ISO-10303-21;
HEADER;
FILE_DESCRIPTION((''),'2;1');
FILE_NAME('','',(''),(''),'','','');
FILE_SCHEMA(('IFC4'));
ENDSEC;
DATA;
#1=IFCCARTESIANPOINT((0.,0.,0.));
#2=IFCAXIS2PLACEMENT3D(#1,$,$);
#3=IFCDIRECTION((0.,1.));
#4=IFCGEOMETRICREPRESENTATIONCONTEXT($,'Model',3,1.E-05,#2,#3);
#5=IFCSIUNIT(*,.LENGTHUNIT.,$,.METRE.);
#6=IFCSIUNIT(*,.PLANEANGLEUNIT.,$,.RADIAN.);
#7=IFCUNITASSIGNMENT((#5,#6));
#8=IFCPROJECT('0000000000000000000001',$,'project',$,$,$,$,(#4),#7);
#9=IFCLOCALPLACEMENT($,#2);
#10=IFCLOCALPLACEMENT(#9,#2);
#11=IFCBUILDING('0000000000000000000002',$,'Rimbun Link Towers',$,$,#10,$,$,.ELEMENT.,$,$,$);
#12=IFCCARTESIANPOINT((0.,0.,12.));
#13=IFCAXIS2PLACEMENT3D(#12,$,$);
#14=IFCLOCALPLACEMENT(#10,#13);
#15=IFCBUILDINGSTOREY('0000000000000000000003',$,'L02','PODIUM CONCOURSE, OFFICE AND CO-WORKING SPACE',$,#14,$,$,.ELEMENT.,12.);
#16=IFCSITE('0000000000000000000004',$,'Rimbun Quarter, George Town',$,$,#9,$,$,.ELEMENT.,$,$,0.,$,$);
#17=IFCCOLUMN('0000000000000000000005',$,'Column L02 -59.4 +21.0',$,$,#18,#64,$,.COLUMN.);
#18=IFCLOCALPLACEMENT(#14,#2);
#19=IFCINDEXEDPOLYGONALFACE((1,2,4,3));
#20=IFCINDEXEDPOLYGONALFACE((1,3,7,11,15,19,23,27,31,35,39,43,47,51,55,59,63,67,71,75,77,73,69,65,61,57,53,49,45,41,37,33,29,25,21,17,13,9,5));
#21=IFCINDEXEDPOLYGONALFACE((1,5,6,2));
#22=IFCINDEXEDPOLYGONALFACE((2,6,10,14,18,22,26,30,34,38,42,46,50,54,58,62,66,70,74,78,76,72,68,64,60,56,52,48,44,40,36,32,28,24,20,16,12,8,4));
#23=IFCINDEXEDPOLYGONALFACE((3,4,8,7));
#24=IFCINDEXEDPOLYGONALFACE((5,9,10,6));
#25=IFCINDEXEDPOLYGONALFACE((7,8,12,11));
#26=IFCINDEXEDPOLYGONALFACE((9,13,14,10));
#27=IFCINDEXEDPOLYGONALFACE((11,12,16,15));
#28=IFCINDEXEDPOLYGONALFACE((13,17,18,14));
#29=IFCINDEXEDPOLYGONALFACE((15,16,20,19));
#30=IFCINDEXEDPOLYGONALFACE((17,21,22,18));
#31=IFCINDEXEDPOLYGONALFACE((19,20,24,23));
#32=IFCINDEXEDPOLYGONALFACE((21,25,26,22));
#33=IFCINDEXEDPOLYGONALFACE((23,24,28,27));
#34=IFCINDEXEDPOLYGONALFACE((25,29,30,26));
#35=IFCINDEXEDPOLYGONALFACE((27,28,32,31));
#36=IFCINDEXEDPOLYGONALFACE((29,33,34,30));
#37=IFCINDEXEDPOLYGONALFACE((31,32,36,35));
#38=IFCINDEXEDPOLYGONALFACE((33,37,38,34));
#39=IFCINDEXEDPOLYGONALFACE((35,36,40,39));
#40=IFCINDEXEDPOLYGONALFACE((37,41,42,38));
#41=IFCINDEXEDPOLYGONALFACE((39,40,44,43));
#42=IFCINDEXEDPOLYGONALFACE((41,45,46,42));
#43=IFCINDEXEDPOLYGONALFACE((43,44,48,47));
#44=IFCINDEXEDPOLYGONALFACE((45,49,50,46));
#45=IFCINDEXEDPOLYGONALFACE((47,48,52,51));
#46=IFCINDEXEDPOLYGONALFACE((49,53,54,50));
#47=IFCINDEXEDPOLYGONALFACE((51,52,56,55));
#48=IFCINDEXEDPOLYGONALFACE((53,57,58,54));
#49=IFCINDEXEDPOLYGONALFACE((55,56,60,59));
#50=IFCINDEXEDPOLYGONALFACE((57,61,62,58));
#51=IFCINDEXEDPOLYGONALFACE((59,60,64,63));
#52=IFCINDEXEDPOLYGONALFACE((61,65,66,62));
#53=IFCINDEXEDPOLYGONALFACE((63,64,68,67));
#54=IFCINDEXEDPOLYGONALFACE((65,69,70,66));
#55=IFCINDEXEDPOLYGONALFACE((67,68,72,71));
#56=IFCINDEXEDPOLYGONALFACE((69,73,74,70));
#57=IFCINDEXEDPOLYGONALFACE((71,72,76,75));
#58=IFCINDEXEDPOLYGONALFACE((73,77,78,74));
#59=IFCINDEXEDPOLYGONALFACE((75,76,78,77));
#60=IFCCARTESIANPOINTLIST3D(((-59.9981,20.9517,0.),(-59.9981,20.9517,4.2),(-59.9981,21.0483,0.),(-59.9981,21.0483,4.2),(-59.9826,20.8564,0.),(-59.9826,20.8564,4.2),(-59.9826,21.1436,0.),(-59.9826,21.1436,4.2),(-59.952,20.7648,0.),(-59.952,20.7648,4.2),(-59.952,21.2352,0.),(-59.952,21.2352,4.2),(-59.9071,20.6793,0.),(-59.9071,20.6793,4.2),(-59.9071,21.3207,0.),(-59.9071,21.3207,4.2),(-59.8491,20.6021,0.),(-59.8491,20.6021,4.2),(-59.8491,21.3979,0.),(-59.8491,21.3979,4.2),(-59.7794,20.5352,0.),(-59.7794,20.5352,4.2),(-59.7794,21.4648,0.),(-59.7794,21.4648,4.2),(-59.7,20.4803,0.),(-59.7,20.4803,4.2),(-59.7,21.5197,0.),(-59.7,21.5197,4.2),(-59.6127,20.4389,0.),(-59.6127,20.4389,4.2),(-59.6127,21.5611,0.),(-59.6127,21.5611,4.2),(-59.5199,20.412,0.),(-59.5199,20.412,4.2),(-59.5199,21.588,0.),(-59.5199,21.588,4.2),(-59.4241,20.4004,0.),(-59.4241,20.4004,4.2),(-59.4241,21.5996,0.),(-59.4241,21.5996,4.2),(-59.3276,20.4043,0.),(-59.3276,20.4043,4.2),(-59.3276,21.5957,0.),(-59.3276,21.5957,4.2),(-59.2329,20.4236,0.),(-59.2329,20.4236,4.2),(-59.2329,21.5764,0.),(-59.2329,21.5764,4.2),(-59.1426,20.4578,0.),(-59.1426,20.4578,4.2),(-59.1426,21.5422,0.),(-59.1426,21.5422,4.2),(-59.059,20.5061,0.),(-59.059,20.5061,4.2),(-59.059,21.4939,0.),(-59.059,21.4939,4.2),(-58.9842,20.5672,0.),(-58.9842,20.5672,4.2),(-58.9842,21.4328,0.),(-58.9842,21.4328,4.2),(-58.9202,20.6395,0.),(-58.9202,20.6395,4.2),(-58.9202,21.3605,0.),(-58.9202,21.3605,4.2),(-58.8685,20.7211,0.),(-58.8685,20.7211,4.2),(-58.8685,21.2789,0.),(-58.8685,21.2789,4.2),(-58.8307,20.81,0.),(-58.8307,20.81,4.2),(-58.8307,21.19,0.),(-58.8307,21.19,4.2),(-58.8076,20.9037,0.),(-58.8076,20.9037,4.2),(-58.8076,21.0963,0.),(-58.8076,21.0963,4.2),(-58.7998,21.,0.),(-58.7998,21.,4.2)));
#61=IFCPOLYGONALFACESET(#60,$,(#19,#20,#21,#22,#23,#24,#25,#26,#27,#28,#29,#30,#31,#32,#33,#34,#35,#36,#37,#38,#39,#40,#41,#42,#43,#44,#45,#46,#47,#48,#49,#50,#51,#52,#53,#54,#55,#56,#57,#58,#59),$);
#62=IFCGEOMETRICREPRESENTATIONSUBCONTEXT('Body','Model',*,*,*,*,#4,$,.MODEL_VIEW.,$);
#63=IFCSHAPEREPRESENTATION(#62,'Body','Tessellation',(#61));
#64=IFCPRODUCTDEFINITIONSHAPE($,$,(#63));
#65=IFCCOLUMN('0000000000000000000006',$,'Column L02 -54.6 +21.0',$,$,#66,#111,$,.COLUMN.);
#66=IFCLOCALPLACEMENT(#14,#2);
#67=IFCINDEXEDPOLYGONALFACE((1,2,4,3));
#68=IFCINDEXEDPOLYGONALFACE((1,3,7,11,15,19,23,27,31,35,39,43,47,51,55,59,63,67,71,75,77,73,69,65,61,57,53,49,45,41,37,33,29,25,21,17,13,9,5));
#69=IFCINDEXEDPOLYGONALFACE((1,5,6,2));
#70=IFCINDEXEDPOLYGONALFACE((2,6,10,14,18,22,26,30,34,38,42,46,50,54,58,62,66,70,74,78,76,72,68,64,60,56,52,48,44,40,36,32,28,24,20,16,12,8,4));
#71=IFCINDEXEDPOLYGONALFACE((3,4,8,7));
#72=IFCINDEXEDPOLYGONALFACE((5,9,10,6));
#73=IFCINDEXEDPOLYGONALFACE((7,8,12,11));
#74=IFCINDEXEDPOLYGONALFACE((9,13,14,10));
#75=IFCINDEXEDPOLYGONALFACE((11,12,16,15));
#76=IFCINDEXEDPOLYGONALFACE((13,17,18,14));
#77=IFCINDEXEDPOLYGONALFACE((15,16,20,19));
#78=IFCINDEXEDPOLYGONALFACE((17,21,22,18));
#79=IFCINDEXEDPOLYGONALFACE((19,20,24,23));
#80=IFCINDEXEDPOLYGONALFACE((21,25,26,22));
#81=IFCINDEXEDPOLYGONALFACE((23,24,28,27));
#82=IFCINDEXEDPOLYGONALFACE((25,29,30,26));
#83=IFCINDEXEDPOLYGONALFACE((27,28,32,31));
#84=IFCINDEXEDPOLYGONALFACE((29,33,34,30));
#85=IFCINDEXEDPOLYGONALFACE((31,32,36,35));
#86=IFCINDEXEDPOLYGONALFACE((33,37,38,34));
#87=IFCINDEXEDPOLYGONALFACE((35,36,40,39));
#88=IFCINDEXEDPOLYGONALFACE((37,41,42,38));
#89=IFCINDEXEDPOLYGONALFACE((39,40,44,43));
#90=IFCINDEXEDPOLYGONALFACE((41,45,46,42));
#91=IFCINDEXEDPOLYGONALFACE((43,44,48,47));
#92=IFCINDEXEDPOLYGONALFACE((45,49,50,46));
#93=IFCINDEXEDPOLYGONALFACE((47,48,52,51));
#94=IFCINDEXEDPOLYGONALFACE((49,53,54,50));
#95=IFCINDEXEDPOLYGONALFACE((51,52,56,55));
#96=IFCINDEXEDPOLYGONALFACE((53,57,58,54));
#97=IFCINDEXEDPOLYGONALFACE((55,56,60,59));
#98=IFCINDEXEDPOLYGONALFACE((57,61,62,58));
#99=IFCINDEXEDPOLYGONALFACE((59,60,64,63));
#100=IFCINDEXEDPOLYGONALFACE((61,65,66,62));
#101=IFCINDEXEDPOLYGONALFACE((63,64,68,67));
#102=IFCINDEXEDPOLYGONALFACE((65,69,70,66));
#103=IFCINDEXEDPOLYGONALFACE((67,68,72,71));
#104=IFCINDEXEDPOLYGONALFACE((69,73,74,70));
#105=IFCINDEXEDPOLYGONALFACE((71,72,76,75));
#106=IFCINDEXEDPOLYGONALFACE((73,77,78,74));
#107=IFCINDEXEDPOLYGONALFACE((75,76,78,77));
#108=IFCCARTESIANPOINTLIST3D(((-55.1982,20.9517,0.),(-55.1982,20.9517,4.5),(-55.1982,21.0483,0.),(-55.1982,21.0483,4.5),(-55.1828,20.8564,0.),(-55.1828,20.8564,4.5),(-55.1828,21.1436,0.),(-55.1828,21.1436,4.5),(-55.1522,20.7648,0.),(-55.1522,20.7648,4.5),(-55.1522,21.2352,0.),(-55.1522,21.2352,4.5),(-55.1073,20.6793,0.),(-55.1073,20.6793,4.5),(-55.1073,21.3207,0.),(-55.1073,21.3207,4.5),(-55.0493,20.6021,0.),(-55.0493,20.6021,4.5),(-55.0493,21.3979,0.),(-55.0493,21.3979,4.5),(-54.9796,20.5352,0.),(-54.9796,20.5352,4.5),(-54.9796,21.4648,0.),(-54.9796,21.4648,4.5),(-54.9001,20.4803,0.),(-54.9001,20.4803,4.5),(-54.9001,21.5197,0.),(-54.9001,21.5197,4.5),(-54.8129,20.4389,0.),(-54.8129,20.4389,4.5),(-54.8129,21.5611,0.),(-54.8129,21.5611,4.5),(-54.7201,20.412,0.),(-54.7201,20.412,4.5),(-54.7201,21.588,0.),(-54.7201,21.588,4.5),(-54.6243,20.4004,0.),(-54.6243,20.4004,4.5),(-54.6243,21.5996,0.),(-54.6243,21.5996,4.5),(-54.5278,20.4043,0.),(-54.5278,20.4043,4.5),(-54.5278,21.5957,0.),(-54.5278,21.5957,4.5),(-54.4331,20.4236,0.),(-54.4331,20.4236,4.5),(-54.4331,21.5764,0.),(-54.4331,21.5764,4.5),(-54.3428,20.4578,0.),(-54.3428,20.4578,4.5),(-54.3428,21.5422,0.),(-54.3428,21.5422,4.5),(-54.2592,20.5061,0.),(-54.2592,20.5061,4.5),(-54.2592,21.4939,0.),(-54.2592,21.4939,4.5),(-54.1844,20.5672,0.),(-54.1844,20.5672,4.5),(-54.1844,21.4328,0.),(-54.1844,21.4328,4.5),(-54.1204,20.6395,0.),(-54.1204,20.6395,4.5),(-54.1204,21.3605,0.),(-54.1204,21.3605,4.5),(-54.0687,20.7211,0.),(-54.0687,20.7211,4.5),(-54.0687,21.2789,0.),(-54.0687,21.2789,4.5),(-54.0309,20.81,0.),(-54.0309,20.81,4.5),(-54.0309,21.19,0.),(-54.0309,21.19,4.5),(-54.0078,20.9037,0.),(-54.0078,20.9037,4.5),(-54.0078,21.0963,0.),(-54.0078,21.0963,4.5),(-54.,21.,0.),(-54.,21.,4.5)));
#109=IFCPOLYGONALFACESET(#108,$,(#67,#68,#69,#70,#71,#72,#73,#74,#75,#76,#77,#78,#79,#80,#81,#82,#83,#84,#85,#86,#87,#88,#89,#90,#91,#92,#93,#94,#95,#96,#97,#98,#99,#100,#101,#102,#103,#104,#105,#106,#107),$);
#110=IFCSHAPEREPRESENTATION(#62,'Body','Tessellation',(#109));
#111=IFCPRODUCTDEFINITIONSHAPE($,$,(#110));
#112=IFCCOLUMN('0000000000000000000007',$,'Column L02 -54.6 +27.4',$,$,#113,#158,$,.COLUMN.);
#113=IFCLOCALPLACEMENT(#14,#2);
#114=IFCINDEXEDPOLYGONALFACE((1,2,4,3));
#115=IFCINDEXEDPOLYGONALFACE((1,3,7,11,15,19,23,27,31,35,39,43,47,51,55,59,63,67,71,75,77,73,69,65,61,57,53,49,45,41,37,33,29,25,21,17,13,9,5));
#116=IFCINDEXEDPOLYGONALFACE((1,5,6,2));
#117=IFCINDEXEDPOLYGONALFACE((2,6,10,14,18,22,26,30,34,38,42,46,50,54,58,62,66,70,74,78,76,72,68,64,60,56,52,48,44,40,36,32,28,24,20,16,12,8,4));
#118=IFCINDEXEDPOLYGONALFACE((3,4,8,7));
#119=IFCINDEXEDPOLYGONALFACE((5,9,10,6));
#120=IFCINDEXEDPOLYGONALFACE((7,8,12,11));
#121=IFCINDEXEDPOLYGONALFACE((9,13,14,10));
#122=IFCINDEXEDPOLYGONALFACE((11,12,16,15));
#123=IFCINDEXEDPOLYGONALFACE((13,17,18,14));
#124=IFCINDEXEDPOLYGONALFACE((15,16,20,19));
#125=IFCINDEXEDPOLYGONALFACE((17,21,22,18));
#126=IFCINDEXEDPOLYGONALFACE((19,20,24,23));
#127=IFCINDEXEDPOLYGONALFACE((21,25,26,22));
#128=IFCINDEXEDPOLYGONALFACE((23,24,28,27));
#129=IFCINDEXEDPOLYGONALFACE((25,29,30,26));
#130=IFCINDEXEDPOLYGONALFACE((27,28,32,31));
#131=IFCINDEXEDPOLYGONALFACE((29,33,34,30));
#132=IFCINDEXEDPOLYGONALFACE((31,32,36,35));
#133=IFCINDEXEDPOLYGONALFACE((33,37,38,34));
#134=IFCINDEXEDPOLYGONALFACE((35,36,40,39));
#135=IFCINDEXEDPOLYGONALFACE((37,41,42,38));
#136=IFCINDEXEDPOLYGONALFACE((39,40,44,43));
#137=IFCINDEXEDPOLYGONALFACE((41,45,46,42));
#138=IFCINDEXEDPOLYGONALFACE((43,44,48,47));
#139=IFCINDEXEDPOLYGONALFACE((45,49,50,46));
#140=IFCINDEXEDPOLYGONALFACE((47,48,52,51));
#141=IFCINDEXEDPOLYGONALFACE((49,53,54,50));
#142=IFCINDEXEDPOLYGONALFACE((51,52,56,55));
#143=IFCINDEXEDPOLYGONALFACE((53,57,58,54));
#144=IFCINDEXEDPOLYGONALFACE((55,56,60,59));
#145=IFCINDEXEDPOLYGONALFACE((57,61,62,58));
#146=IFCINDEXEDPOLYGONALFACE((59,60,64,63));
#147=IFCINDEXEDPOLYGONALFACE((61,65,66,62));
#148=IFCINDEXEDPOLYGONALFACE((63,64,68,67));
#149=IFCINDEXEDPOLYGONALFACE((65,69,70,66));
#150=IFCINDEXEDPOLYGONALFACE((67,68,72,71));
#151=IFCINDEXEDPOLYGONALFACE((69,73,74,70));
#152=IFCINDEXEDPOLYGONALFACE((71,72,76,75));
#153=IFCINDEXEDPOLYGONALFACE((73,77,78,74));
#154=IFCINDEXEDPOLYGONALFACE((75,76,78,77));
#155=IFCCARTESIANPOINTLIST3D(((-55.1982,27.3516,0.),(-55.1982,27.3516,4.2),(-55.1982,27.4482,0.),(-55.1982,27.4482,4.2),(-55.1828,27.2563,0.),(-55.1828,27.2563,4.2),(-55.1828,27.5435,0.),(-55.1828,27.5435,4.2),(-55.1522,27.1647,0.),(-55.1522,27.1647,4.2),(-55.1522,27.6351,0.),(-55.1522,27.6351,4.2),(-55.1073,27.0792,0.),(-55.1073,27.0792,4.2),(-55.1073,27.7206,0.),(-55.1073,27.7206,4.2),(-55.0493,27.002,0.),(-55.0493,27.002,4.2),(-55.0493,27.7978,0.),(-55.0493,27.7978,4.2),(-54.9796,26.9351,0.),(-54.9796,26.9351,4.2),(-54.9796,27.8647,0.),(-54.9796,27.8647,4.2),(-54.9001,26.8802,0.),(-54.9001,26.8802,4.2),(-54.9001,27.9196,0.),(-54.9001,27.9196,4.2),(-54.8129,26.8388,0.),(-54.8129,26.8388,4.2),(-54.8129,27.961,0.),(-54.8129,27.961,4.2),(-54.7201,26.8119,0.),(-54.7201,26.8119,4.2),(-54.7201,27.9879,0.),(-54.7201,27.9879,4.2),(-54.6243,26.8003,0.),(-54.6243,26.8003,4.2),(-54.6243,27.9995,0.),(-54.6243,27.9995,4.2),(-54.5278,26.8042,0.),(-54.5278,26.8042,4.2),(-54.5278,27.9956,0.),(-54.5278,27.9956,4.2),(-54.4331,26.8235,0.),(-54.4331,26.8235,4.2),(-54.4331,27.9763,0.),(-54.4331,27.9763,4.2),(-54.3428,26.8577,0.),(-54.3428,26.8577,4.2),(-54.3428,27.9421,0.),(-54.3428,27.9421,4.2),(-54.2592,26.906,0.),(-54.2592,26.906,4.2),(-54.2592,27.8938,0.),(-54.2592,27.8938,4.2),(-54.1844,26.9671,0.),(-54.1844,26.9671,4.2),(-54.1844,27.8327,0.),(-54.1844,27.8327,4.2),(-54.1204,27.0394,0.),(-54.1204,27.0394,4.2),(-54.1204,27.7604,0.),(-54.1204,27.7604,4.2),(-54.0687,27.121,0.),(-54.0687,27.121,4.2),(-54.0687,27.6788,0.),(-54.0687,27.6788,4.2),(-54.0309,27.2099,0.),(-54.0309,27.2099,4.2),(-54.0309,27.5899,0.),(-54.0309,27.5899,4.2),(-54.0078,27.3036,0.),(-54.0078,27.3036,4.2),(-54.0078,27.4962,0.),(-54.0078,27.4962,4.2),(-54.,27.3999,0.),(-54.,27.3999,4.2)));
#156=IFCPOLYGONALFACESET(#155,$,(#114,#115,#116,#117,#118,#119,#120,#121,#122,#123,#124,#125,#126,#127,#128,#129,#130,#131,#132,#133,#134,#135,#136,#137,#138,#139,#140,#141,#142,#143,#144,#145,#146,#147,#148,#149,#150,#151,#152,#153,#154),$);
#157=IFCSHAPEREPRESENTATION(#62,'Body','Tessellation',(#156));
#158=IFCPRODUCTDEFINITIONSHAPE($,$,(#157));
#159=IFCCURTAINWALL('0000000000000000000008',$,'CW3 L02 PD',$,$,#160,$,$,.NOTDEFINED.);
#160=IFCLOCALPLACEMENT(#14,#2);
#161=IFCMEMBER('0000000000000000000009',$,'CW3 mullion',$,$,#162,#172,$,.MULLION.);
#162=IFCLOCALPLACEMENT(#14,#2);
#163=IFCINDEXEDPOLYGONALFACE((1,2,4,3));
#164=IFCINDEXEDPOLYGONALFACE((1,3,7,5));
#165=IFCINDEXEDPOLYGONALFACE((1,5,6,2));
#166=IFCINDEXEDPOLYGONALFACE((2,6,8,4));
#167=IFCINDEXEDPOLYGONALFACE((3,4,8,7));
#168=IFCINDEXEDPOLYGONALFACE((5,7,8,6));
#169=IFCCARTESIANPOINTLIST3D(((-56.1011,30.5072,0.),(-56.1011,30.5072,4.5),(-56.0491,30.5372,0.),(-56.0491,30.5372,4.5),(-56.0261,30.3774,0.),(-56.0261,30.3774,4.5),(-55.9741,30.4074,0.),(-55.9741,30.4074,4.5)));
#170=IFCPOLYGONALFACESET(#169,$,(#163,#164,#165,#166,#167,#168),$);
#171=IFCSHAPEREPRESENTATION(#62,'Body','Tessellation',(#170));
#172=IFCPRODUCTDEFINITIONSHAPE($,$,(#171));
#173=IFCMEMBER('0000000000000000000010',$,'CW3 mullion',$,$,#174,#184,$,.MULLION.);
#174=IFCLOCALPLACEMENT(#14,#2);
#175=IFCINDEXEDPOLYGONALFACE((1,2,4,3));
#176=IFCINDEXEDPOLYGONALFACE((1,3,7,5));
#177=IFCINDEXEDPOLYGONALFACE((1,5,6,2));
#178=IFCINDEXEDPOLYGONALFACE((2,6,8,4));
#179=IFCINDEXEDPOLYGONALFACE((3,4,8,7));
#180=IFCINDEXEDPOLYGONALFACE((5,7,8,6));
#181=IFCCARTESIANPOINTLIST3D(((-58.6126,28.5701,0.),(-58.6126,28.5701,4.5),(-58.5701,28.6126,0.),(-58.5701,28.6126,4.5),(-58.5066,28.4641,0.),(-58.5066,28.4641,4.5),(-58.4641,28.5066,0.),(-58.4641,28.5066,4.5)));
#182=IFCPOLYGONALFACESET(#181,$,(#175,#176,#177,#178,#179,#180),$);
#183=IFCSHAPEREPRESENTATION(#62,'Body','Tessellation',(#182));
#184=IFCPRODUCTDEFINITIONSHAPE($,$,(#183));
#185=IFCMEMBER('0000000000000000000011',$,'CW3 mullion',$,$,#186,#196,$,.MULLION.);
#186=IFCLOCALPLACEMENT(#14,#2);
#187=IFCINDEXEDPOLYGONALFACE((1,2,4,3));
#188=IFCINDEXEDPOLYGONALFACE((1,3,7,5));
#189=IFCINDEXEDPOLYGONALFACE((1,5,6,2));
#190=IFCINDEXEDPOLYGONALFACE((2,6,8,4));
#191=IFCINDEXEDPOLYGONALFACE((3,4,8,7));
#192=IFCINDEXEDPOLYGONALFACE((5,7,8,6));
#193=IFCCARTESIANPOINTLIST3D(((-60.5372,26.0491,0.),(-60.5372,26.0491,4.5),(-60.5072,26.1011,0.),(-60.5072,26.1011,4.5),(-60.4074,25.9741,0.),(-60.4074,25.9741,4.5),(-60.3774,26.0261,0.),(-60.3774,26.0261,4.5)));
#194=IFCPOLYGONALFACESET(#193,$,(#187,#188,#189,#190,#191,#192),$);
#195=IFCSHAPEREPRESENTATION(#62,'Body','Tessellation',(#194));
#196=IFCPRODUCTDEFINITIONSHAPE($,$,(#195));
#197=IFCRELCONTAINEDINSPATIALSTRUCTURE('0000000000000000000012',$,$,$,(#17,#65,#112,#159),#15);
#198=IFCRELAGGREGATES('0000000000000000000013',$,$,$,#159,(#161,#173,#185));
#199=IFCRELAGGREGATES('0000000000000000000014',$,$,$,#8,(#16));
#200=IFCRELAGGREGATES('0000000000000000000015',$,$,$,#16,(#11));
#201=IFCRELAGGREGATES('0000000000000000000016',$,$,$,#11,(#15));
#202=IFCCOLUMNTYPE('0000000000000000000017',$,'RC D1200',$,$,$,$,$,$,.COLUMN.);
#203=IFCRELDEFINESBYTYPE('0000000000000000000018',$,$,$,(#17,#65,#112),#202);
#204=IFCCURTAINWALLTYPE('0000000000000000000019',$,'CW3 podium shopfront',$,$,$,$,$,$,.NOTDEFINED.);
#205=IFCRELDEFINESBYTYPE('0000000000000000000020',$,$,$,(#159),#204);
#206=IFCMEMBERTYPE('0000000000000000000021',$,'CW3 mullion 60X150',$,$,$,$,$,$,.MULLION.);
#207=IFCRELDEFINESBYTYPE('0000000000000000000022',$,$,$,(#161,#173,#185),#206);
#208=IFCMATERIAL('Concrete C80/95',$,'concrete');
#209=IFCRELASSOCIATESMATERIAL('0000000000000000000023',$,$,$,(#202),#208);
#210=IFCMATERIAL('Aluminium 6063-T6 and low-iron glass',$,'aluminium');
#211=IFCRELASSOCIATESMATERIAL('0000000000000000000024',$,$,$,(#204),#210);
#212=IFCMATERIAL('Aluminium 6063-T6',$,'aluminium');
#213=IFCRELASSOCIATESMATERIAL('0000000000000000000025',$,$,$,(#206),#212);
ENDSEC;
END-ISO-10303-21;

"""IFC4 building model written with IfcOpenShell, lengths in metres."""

from ifc_helpers import new_model, si_unit, direction, frame, origin, origin_2d, place, context, subcontext, project, spatial, rectangle, circle, extrude, material, material_profile, profile_set, type_object, element, aggregate, save


model = new_model("IFC4")

# Units and contexts
model_context = context("Model", 3, precision=1e-05, world=origin(), true_north=direction((0.0, 1.0)))
body_context = subcontext(model_context, "Body", "Model", "MODEL_VIEW")
ifc_project = project(units=[si_unit("LENGTHUNIT", "METRE"), si_unit("PLANEANGLEUNIT", "RADIAN")], contexts=[model_context])

# Site, building, storey
site_placement = place(None, origin())
site = spatial("IfcSite", under=ifc_project, at=site_placement, Name="Rimbun Quarter, George Town", CompositionType="ELEMENT", RefElevation=0.0)
building_placement = place(site_placement, origin())
building = spatial("IfcBuilding", under=site, at=building_placement, Name="Rimbun Link Towers", CompositionType="ELEMENT")
storey_placement = place(building_placement, frame((0.0, 0.0, 12.0)))
storey = spatial("IfcBuildingStorey", under=building, at=storey_placement, Name="L02", Description="PODIUM CONCOURSE, OFFICE AND CO-WORKING SPACE", CompositionType="ELEMENT", Elevation=12.0)

# Columns
ifc_material_1 = material(Name="Concrete C80/95", Category="concrete")
ifc_material_profile_1 = material_profile(ifc_material_1, circle(Radius=0.6001, at=origin_2d()), Name="RC D1200")
ifc_profile_set_1 = profile_set([ifc_material_profile_1], Name="Concrete C80/95")
column_type = type_object("IfcColumnType", Name="RC D1200", PredefinedType="COLUMN", material=ifc_profile_set_1)
column_1_placement = place(storey_placement, frame((-59.3999, 21.0, 0.0), z_axis=(0.0, 0.0, 1.0), x_axis=(1.0, 0.0, 0.0)))
element("IfcColumn", 1, at=column_1_placement, inside=storey, type_object=column_type, Name="Column L02 -59.4 +21.0", PredefinedType="COLUMN", context=body_context, shape_type="SweptSolid", body=[
    extrude(circle(Radius=0.6001, at=origin_2d()), origin(), (0.0, 0.0, 1.0), 4.2),
])
column_2_placement = place(storey_placement, frame((-54.6001, 21.0, 0.0), z_axis=(0.0, 0.0, 1.0), x_axis=(1.0, 0.0, 0.0)))
element("IfcColumn", 2, at=column_2_placement, inside=storey, type_object=column_type, Name="Column L02 -54.6 +21.0", PredefinedType="COLUMN", context=body_context, shape_type="SweptSolid", body=[
    extrude(circle(Radius=0.6001, at=origin_2d()), origin(), (0.0, 0.0, 1.0), 4.5),
])
column_3_placement = place(storey_placement, frame((-54.6001, 27.3999, 0.0), z_axis=(0.0, 0.0, 1.0), x_axis=(1.0, 0.0, 0.0)))
element("IfcColumn", 3, at=column_3_placement, inside=storey, type_object=column_type, Name="Column L02 -54.6 +27.4", PredefinedType="COLUMN", context=body_context, shape_type="SweptSolid", body=[
    extrude(circle(Radius=0.6001, at=origin_2d()), origin(), (0.0, 0.0, 1.0), 4.2),
])

# Curtain wall, members
ifc_material_2 = material(Name="Aluminium 6063-T6 and low-iron glass", Category="aluminium")
curtain_wall_type = type_object("IfcCurtainWallType", Name="CW3 podium shopfront", PredefinedType="NOTDEFINED", material=ifc_material_2)
curtain_wall_placement = place(storey_placement, origin())
curtain_wall = element("IfcCurtainWall", 4, at=curtain_wall_placement, inside=storey, type_object=curtain_wall_type, Name="CW3 L02 PD", PredefinedType="NOTDEFINED")
ifc_material_3 = material(Name="Aluminium 6063-T6", Category="aluminium")
ifc_material_profile_2 = material_profile(ifc_material_3, rectangle(XDim=0.1499, YDim=0.0601, at=origin_2d()), Name="MULLION 60X150")
ifc_profile_set_2 = profile_set([ifc_material_profile_2], Name="Aluminium 6063-T6")
member_type_1 = type_object("IfcMemberType", Name="CW3 mullion 60X150", PredefinedType="MULLION", material=ifc_profile_set_2)
member_1_placement = place(storey_placement, frame((-56.0376, 30.4573, 0.0), z_axis=(0.0, 0.0, 1.0), x_axis=(-0.499994, 0.866029, 0.0)))
member_1 = element("IfcMember", 5, at=member_1_placement, type_object=member_type_1, Name="CW3 mullion", PredefinedType="MULLION", context=body_context, shape_type="SweptSolid", body=[
    extrude(rectangle(XDim=0.1499, YDim=0.0601, at=origin_2d()), origin(), (0.0, 0.0, 1.0), 4.5),
])
member_2_placement = place(storey_placement, frame((-58.5383, 28.5383, 0.0), z_axis=(0.0, 0.0, 1.0), x_axis=(-0.707107, 0.707107, 0.0)))
member_2 = element("IfcMember", 6, at=member_2_placement, type_object=member_type_1, Name="CW3 mullion", PredefinedType="MULLION", context=body_context, shape_type="SweptSolid", body=[
    extrude(rectangle(XDim=0.1499, YDim=0.0601, at=origin_2d()), origin(), (0.0, 0.0, 1.0), 4.5),
])
member_3_placement = place(storey_placement, frame((-60.4573, 26.0376, 0.0), z_axis=(0.0, 0.0, 1.0), x_axis=(-0.866029, 0.499994, 0.0)))
member_3 = element("IfcMember", 7, at=member_3_placement, type_object=member_type_1, Name="CW3 mullion", PredefinedType="MULLION", context=body_context, shape_type="SweptSolid", body=[
    extrude(rectangle(XDim=0.1499, YDim=0.0601, at=origin_2d()), origin(), (0.0, 0.0, 1.0), 4.5),
])

aggregate(curtain_wall, [member_1, member_2, member_3])

save(model, "model.ifc")
